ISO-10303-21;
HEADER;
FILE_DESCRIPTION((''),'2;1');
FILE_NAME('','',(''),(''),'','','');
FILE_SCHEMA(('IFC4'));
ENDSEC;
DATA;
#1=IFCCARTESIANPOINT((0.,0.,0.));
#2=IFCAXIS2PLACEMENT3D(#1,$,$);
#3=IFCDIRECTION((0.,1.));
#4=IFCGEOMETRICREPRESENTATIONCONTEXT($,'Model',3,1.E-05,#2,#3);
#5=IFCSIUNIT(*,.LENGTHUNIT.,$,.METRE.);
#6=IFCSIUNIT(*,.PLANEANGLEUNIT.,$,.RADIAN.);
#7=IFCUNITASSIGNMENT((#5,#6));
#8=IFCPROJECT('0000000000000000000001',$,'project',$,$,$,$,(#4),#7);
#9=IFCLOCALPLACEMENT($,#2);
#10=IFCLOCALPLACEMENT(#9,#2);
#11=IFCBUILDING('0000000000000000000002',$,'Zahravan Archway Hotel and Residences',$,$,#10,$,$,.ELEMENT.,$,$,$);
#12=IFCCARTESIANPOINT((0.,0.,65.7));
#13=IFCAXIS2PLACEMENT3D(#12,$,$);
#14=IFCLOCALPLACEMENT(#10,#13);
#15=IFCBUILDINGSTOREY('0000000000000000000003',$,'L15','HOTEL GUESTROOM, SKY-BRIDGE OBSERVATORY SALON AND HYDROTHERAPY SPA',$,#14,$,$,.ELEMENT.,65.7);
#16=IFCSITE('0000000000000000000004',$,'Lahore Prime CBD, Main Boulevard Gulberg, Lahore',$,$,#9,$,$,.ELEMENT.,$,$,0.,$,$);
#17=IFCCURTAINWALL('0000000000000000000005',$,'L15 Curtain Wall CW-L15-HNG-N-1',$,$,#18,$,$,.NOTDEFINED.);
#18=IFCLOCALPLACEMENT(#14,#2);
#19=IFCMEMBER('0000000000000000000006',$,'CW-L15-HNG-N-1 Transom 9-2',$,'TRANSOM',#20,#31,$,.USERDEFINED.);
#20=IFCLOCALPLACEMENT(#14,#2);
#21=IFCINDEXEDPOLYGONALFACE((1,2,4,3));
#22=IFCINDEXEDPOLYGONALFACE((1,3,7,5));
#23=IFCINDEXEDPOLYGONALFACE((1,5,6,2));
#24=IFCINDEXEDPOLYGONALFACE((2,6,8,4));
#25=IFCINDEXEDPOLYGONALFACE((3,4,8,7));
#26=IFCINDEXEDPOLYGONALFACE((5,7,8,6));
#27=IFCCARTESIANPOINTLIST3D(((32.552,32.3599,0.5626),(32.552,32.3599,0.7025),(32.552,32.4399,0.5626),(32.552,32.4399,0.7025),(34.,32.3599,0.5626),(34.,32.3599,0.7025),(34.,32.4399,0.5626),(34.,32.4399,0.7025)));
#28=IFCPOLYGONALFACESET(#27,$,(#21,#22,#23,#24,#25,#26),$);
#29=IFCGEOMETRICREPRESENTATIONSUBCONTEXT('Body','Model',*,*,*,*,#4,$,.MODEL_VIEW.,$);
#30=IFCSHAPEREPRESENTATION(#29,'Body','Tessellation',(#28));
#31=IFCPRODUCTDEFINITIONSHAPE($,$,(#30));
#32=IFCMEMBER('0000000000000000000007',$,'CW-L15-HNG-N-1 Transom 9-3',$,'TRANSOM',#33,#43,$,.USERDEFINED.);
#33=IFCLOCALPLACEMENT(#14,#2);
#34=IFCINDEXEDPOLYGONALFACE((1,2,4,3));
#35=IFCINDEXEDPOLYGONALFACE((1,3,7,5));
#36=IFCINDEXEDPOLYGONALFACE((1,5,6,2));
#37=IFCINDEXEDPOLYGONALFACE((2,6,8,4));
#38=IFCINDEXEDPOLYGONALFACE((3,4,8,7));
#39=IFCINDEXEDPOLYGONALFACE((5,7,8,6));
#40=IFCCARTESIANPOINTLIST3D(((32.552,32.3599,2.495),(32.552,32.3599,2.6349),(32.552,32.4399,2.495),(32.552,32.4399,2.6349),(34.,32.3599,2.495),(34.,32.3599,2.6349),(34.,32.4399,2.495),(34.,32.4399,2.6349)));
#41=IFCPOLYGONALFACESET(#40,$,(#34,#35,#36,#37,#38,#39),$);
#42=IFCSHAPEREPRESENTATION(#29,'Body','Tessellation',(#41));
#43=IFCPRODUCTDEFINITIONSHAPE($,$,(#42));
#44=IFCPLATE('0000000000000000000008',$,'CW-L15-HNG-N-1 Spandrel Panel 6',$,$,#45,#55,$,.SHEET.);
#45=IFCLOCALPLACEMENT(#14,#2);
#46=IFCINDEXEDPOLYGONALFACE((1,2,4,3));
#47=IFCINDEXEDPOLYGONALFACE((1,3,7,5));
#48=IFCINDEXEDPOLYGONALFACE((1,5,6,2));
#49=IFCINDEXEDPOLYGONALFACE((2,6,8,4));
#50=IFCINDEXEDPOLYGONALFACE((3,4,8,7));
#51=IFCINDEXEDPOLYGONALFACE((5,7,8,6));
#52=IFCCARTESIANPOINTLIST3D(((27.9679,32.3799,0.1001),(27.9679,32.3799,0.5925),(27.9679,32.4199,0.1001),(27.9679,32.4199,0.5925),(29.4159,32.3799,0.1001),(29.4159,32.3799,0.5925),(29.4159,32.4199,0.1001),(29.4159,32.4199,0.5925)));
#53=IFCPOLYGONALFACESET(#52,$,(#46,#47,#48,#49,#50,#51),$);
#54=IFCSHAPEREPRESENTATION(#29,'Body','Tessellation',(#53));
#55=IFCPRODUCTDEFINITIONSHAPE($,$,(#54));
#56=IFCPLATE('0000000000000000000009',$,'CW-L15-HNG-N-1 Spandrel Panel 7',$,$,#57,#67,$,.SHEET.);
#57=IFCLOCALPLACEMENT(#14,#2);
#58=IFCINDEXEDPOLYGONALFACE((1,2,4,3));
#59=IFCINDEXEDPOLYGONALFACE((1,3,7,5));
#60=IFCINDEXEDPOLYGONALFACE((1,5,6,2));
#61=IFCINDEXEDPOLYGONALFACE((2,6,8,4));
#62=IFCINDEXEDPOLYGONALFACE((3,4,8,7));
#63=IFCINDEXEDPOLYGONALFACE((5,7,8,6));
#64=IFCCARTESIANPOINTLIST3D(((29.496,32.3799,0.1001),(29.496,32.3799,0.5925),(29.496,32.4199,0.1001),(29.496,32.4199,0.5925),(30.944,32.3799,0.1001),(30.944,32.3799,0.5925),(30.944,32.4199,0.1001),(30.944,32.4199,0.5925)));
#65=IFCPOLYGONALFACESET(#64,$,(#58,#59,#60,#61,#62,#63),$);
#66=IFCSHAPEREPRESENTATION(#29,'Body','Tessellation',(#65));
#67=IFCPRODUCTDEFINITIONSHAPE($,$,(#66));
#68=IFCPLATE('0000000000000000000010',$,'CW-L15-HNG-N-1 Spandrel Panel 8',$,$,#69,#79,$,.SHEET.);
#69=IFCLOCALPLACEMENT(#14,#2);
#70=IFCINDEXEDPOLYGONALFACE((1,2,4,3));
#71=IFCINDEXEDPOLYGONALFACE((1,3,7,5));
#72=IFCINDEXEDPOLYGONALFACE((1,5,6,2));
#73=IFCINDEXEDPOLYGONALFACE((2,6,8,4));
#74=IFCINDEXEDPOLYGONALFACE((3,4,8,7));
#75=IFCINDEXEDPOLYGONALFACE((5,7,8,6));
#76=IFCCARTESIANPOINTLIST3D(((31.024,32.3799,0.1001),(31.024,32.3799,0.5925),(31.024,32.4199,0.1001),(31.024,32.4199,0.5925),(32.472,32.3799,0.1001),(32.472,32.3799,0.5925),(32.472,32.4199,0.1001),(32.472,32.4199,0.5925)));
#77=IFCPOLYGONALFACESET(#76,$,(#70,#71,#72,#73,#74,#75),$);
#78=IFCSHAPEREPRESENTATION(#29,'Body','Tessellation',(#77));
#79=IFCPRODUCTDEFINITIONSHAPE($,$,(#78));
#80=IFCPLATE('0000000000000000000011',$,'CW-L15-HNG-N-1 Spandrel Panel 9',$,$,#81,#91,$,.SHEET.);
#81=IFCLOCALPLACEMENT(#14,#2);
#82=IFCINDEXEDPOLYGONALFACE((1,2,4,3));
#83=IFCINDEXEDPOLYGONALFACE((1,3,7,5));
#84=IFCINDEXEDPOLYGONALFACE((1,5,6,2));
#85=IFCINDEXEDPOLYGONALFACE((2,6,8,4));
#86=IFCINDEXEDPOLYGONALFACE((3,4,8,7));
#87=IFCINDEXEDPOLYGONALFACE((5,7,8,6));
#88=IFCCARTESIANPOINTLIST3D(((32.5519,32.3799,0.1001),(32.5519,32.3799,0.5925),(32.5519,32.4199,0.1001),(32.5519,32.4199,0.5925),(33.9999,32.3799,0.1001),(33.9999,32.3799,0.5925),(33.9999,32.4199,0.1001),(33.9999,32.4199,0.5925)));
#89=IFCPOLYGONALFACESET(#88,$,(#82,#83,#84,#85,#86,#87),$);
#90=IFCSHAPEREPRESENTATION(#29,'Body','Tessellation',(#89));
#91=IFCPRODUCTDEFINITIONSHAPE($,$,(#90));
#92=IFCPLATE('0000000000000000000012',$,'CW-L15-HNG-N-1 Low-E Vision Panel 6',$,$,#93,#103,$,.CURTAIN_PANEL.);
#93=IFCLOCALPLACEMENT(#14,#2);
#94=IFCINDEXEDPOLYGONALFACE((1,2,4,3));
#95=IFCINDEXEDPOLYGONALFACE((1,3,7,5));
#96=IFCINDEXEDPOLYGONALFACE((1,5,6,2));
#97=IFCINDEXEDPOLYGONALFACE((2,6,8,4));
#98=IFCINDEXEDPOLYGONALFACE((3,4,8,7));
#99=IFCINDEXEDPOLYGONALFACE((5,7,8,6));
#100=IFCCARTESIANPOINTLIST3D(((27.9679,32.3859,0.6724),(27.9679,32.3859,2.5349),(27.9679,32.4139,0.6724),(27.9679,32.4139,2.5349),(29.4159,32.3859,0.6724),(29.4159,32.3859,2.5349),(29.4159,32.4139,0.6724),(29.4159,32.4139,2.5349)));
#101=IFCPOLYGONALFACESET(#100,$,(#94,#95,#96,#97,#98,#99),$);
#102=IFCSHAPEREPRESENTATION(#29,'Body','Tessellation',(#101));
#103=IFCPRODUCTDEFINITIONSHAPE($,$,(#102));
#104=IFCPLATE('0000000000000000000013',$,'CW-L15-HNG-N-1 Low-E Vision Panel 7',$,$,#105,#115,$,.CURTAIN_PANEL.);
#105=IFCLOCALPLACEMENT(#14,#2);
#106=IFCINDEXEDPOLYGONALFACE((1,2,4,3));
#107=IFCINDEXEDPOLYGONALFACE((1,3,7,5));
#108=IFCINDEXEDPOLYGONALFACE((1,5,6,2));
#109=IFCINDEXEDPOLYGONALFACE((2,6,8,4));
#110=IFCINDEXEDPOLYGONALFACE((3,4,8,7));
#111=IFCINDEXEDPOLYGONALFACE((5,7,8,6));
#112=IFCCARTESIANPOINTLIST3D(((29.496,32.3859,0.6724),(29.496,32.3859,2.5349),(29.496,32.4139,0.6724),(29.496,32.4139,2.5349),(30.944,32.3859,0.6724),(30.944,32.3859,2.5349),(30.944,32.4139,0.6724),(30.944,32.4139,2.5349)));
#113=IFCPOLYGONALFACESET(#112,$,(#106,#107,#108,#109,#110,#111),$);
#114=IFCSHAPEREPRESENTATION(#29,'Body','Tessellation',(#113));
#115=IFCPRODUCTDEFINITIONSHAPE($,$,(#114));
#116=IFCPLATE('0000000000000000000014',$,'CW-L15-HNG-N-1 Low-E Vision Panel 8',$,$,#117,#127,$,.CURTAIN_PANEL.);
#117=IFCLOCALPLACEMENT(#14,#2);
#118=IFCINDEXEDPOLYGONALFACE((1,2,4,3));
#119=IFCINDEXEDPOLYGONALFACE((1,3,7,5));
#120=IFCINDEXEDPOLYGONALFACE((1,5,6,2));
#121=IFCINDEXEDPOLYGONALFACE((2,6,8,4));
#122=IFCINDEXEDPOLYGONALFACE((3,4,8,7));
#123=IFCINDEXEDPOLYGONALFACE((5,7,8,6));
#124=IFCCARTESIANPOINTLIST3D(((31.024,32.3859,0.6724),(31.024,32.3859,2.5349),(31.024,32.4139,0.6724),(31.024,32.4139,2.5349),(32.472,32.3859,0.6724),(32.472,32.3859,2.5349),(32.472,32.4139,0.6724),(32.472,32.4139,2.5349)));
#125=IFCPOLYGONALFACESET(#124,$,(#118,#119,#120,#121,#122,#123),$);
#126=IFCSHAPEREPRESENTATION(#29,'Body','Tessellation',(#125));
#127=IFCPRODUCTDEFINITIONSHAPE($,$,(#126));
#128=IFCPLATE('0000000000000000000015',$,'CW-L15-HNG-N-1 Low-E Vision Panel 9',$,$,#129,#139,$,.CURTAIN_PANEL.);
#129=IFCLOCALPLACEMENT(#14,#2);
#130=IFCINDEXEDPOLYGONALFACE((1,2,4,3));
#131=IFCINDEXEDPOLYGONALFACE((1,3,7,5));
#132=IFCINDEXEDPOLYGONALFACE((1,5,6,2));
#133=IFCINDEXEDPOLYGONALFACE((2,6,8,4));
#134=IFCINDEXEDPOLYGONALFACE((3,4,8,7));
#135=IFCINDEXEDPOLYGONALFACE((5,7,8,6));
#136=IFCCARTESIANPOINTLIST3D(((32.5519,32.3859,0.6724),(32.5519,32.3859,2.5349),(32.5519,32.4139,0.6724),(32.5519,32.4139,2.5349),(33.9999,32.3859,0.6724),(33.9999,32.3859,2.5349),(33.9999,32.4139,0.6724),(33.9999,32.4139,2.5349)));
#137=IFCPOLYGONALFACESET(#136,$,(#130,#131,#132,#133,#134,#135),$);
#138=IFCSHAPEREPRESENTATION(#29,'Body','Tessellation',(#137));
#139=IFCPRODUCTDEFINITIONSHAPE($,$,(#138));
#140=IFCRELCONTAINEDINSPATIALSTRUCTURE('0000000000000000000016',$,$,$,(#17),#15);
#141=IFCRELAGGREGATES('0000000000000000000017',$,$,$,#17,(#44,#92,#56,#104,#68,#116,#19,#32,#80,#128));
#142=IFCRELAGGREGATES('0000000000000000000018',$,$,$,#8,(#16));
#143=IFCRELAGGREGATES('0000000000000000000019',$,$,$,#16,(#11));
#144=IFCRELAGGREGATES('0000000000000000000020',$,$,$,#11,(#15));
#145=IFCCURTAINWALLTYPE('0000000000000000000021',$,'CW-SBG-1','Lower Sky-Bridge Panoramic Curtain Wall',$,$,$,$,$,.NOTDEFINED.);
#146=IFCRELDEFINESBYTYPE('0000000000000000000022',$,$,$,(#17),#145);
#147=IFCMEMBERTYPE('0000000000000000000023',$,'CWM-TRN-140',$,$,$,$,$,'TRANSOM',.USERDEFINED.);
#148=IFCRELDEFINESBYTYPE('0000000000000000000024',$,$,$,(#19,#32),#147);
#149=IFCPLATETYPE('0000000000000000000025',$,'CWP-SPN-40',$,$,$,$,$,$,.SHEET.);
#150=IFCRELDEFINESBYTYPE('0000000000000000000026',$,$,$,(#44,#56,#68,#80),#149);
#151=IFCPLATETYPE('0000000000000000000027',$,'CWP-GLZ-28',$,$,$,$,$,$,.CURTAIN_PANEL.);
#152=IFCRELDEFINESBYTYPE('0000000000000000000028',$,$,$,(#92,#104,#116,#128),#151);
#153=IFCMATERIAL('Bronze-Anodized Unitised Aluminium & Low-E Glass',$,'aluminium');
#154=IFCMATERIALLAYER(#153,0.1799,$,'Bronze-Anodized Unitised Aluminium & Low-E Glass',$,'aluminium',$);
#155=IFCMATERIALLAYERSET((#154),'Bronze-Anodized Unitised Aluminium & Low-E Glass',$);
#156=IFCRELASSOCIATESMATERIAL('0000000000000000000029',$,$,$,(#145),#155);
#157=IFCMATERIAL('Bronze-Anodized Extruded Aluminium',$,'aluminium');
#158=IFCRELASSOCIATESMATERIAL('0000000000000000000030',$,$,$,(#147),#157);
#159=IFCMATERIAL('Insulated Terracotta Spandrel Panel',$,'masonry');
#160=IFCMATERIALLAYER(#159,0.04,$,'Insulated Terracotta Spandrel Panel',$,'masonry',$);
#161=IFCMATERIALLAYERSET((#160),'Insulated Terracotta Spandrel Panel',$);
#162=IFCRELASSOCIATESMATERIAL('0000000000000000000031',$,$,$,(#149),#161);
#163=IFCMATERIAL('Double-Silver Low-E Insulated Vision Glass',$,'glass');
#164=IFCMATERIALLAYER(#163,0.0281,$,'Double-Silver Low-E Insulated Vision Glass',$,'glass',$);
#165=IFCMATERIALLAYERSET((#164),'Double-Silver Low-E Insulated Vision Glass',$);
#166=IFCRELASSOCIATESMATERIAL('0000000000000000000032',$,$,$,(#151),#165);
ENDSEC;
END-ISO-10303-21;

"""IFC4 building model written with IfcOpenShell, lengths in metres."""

from ifc_helpers import new_model, si_unit, direction, frame, origin, origin_2d, place, context, subcontext, project, spatial, rectangle, extrude, source, transform, mapped, material, layer, layer_set, material_profile, profile_set, type_object, element, aggregate, save


model = new_model("IFC4")

# Units and contexts
model_context = context("Model", 3, precision=1e-05, world=origin(), true_north=direction((0.0, 1.0)))
body_context = subcontext(model_context, "Body", "Model", "MODEL_VIEW")
ifc_project = project(units=[si_unit("LENGTHUNIT", "METRE"), si_unit("PLANEANGLEUNIT", "RADIAN")], contexts=[model_context])

# Site, building, storey
site_placement = place(None, origin())
site = spatial("IfcSite", under=ifc_project, at=site_placement, Name="Lahore Prime CBD, Main Boulevard Gulberg, Lahore", CompositionType="ELEMENT", RefElevation=0.0)
building_placement = place(site_placement, origin())
building = spatial("IfcBuilding", under=site, at=building_placement, Name="Zahravan Archway Hotel and Residences", CompositionType="ELEMENT")
storey_placement = place(building_placement, frame((0.0, 0.0, 65.7)))
storey = spatial("IfcBuildingStorey", under=building, at=storey_placement, Name="L15", Description="HOTEL GUESTROOM, SKY-BRIDGE OBSERVATORY SALON AND HYDROTHERAPY SPA", CompositionType="ELEMENT", Elevation=65.7)

# Curtain wall, members, plates
ifc_material_1 = material(Name="Bronze-Anodized Unitised Aluminium & Low-E Glass", Category="aluminium")
ifc_layer_1 = layer(ifc_material_1, 0.1799, Name="Bronze-Anodized Unitised Aluminium & Low-E Glass", Category="aluminium")
ifc_layer_set_1 = layer_set([ifc_layer_1], Name="Bronze-Anodized Unitised Aluminium & Low-E Glass")
curtain_wall_type = type_object("IfcCurtainWallType", Name="CW-SBG-1", Description="Lower Sky-Bridge Panoramic Curtain Wall", PredefinedType="NOTDEFINED", material=ifc_layer_set_1)
curtain_wall_placement = place(storey_placement, origin())
curtain_wall = element("IfcCurtainWall", 1, at=curtain_wall_placement, inside=storey, type_object=curtain_wall_type, Name="L15 Curtain Wall CW-L15-HNG-N-1", PredefinedType="NOTDEFINED")
ifc_material_2 = material(Name="Bronze-Anodized Extruded Aluminium", Category="aluminium")
ifc_material_profile_1 = material_profile(ifc_material_2, rectangle(XDim=0.0801, YDim=0.1399, at=origin_2d()), Name="TRN 80x140", Category="aluminium")
ifc_profile_set_1 = profile_set([ifc_material_profile_1], Name="Bronze-Anodized Extruded Aluminium")
member_type_1 = type_object("IfcMemberType", Name="CWM-TRN-140", ElementType="TRANSOM", PredefinedType="USERDEFINED", material=ifc_profile_set_1)
shared_shape_1 = source(origin(), body_context, "Body", "SweptSolid", [
    extrude(rectangle(XDim=0.0801, YDim=0.1399, at=origin_2d()), origin(), (0.0, 0.0, 1.0), 1.448),
])
member_1_placement = place(storey_placement, frame((32.552, 32.3999, 0.6326), z_axis=(1.0, 0.0, 0.0), x_axis=(0.0, 1.0, 0.0)))
member_1 = element("IfcMember", 2, at=member_1_placement, type_object=member_type_1, Name="CW-L15-HNG-N-1 Transom 9-2", ObjectType="TRANSOM", PredefinedType="USERDEFINED", context=body_context, shape_type="MappedRepresentation", body=[
    mapped(shared_shape_1, transform((0.0, 0.0, 0.0), scale=1.0)),
])
member_2_placement = place(storey_placement, frame((32.552, 32.3999, 2.5649), z_axis=(1.0, 0.0, 0.0), x_axis=(0.0, 1.0, 0.0)))
member_2 = element("IfcMember", 3, at=member_2_placement, type_object=member_type_1, Name="CW-L15-HNG-N-1 Transom 9-3", ObjectType="TRANSOM", PredefinedType="USERDEFINED", context=body_context, shape_type="MappedRepresentation", body=[
    mapped(shared_shape_1, transform((0.0, 0.0, 0.0), scale=1.0)),
])
ifc_material_3 = material(Name="Insulated Terracotta Spandrel Panel", Category="masonry")
ifc_layer_2 = layer(ifc_material_3, 0.04, Name="Insulated Terracotta Spandrel Panel", Category="masonry")
ifc_layer_set_2 = layer_set([ifc_layer_2], Name="Insulated Terracotta Spandrel Panel")
plate_type_1 = type_object("IfcPlateType", Name="CWP-SPN-40", PredefinedType="SHEET", material=ifc_layer_set_2)
shared_shape_2 = source(origin(), body_context, "Body", "SweptSolid", [
    extrude(rectangle(XDim=1.448, YDim=0.04, at=origin_2d()), origin(), (0.0, 0.0, 1.0), 0.4924),
])
plate_1_placement = place(storey_placement, frame((28.6919, 32.3999, 0.1001), z_axis=(0.0, 0.0, 1.0), x_axis=(1.0, 0.0, 0.0)))
plate_1 = element("IfcPlate", 4, at=plate_1_placement, type_object=plate_type_1, Name="CW-L15-HNG-N-1 Spandrel Panel 6", PredefinedType="SHEET", context=body_context, shape_type="MappedRepresentation", body=[
    mapped(shared_shape_2, transform((0.0, 0.0, 0.0), scale=1.0)),
])
plate_2_placement = place(storey_placement, frame((30.22, 32.3999, 0.1001), z_axis=(0.0, 0.0, 1.0), x_axis=(1.0, 0.0, 0.0)))
plate_2 = element("IfcPlate", 5, at=plate_2_placement, type_object=plate_type_1, Name="CW-L15-HNG-N-1 Spandrel Panel 7", PredefinedType="SHEET", context=body_context, shape_type="MappedRepresentation", body=[
    mapped(shared_shape_2, transform((0.0, 0.0, 0.0), scale=1.0)),
])
plate_3_placement = place(storey_placement, frame((31.748, 32.3999, 0.1001), z_axis=(0.0, 0.0, 1.0), x_axis=(1.0, 0.0, 0.0)))
plate_3 = element("IfcPlate", 6, at=plate_3_placement, type_object=plate_type_1, Name="CW-L15-HNG-N-1 Spandrel Panel 8", PredefinedType="SHEET", context=body_context, shape_type="MappedRepresentation", body=[
    mapped(shared_shape_2, transform((0.0, 0.0, 0.0), scale=1.0)),
])
plate_4_placement = place(storey_placement, frame((33.2759, 32.3999, 0.1001), z_axis=(0.0, 0.0, 1.0), x_axis=(1.0, 0.0, 0.0)))
plate_4 = element("IfcPlate", 7, at=plate_4_placement, type_object=plate_type_1, Name="CW-L15-HNG-N-1 Spandrel Panel 9", PredefinedType="SHEET", context=body_context, shape_type="MappedRepresentation", body=[
    mapped(shared_shape_2, transform((0.0, 0.0, 0.0), scale=1.0)),
])
ifc_material_4 = material(Name="Double-Silver Low-E Insulated Vision Glass", Category="glass")
ifc_layer_3 = layer(ifc_material_4, 0.0281, Name="Double-Silver Low-E Insulated Vision Glass", Category="glass")
ifc_layer_set_3 = layer_set([ifc_layer_3], Name="Double-Silver Low-E Insulated Vision Glass")
plate_type_2 = type_object("IfcPlateType", Name="CWP-GLZ-28", PredefinedType="CURTAIN_PANEL", material=ifc_layer_set_3)
shared_shape_3 = source(origin(), body_context, "Body", "SweptSolid", [
    extrude(rectangle(XDim=1.448, YDim=0.0281, at=origin_2d()), origin(), (0.0, 0.0, 1.0), 1.8625),
])
plate_5_placement = place(storey_placement, frame((28.6919, 32.3999, 0.6724), z_axis=(0.0, 0.0, 1.0), x_axis=(1.0, 0.0, 0.0)))
plate_5 = element("IfcPlate", 8, at=plate_5_placement, type_object=plate_type_2, Name="CW-L15-HNG-N-1 Low-E Vision Panel 6", PredefinedType="CURTAIN_PANEL", context=body_context, shape_type="MappedRepresentation", body=[
    mapped(shared_shape_3, transform((0.0, 0.0, 0.0), scale=1.0)),
])
plate_6_placement = place(storey_placement, frame((30.22, 32.3999, 0.6724), z_axis=(0.0, 0.0, 1.0), x_axis=(1.0, 0.0, 0.0)))
plate_6 = element("IfcPlate", 9, at=plate_6_placement, type_object=plate_type_2, Name="CW-L15-HNG-N-1 Low-E Vision Panel 7", PredefinedType="CURTAIN_PANEL", context=body_context, shape_type="MappedRepresentation", body=[
    mapped(shared_shape_3, transform((0.0, 0.0, 0.0), scale=1.0)),
])
plate_7_placement = place(storey_placement, frame((31.748, 32.3999, 0.6724), z_axis=(0.0, 0.0, 1.0), x_axis=(1.0, 0.0, 0.0)))
plate_7 = element("IfcPlate", 10, at=plate_7_placement, type_object=plate_type_2, Name="CW-L15-HNG-N-1 Low-E Vision Panel 8", PredefinedType="CURTAIN_PANEL", context=body_context, shape_type="MappedRepresentation", body=[
    mapped(shared_shape_3, transform((0.0, 0.0, 0.0), scale=1.0)),
])
plate_8_placement = place(storey_placement, frame((33.2759, 32.3999, 0.6724), z_axis=(0.0, 0.0, 1.0), x_axis=(1.0, 0.0, 0.0)))
plate_8 = element("IfcPlate", 11, at=plate_8_placement, type_object=plate_type_2, Name="CW-L15-HNG-N-1 Low-E Vision Panel 9", PredefinedType="CURTAIN_PANEL", context=body_context, shape_type="MappedRepresentation", body=[
    mapped(shared_shape_3, transform((0.0, 0.0, 0.0), scale=1.0)),
])
aggregate(curtain_wall, [plate_1, plate_5, plate_2, plate_6, plate_3, plate_7, member_1, member_2, plate_4, plate_8])

save(model, "model.ifc")
